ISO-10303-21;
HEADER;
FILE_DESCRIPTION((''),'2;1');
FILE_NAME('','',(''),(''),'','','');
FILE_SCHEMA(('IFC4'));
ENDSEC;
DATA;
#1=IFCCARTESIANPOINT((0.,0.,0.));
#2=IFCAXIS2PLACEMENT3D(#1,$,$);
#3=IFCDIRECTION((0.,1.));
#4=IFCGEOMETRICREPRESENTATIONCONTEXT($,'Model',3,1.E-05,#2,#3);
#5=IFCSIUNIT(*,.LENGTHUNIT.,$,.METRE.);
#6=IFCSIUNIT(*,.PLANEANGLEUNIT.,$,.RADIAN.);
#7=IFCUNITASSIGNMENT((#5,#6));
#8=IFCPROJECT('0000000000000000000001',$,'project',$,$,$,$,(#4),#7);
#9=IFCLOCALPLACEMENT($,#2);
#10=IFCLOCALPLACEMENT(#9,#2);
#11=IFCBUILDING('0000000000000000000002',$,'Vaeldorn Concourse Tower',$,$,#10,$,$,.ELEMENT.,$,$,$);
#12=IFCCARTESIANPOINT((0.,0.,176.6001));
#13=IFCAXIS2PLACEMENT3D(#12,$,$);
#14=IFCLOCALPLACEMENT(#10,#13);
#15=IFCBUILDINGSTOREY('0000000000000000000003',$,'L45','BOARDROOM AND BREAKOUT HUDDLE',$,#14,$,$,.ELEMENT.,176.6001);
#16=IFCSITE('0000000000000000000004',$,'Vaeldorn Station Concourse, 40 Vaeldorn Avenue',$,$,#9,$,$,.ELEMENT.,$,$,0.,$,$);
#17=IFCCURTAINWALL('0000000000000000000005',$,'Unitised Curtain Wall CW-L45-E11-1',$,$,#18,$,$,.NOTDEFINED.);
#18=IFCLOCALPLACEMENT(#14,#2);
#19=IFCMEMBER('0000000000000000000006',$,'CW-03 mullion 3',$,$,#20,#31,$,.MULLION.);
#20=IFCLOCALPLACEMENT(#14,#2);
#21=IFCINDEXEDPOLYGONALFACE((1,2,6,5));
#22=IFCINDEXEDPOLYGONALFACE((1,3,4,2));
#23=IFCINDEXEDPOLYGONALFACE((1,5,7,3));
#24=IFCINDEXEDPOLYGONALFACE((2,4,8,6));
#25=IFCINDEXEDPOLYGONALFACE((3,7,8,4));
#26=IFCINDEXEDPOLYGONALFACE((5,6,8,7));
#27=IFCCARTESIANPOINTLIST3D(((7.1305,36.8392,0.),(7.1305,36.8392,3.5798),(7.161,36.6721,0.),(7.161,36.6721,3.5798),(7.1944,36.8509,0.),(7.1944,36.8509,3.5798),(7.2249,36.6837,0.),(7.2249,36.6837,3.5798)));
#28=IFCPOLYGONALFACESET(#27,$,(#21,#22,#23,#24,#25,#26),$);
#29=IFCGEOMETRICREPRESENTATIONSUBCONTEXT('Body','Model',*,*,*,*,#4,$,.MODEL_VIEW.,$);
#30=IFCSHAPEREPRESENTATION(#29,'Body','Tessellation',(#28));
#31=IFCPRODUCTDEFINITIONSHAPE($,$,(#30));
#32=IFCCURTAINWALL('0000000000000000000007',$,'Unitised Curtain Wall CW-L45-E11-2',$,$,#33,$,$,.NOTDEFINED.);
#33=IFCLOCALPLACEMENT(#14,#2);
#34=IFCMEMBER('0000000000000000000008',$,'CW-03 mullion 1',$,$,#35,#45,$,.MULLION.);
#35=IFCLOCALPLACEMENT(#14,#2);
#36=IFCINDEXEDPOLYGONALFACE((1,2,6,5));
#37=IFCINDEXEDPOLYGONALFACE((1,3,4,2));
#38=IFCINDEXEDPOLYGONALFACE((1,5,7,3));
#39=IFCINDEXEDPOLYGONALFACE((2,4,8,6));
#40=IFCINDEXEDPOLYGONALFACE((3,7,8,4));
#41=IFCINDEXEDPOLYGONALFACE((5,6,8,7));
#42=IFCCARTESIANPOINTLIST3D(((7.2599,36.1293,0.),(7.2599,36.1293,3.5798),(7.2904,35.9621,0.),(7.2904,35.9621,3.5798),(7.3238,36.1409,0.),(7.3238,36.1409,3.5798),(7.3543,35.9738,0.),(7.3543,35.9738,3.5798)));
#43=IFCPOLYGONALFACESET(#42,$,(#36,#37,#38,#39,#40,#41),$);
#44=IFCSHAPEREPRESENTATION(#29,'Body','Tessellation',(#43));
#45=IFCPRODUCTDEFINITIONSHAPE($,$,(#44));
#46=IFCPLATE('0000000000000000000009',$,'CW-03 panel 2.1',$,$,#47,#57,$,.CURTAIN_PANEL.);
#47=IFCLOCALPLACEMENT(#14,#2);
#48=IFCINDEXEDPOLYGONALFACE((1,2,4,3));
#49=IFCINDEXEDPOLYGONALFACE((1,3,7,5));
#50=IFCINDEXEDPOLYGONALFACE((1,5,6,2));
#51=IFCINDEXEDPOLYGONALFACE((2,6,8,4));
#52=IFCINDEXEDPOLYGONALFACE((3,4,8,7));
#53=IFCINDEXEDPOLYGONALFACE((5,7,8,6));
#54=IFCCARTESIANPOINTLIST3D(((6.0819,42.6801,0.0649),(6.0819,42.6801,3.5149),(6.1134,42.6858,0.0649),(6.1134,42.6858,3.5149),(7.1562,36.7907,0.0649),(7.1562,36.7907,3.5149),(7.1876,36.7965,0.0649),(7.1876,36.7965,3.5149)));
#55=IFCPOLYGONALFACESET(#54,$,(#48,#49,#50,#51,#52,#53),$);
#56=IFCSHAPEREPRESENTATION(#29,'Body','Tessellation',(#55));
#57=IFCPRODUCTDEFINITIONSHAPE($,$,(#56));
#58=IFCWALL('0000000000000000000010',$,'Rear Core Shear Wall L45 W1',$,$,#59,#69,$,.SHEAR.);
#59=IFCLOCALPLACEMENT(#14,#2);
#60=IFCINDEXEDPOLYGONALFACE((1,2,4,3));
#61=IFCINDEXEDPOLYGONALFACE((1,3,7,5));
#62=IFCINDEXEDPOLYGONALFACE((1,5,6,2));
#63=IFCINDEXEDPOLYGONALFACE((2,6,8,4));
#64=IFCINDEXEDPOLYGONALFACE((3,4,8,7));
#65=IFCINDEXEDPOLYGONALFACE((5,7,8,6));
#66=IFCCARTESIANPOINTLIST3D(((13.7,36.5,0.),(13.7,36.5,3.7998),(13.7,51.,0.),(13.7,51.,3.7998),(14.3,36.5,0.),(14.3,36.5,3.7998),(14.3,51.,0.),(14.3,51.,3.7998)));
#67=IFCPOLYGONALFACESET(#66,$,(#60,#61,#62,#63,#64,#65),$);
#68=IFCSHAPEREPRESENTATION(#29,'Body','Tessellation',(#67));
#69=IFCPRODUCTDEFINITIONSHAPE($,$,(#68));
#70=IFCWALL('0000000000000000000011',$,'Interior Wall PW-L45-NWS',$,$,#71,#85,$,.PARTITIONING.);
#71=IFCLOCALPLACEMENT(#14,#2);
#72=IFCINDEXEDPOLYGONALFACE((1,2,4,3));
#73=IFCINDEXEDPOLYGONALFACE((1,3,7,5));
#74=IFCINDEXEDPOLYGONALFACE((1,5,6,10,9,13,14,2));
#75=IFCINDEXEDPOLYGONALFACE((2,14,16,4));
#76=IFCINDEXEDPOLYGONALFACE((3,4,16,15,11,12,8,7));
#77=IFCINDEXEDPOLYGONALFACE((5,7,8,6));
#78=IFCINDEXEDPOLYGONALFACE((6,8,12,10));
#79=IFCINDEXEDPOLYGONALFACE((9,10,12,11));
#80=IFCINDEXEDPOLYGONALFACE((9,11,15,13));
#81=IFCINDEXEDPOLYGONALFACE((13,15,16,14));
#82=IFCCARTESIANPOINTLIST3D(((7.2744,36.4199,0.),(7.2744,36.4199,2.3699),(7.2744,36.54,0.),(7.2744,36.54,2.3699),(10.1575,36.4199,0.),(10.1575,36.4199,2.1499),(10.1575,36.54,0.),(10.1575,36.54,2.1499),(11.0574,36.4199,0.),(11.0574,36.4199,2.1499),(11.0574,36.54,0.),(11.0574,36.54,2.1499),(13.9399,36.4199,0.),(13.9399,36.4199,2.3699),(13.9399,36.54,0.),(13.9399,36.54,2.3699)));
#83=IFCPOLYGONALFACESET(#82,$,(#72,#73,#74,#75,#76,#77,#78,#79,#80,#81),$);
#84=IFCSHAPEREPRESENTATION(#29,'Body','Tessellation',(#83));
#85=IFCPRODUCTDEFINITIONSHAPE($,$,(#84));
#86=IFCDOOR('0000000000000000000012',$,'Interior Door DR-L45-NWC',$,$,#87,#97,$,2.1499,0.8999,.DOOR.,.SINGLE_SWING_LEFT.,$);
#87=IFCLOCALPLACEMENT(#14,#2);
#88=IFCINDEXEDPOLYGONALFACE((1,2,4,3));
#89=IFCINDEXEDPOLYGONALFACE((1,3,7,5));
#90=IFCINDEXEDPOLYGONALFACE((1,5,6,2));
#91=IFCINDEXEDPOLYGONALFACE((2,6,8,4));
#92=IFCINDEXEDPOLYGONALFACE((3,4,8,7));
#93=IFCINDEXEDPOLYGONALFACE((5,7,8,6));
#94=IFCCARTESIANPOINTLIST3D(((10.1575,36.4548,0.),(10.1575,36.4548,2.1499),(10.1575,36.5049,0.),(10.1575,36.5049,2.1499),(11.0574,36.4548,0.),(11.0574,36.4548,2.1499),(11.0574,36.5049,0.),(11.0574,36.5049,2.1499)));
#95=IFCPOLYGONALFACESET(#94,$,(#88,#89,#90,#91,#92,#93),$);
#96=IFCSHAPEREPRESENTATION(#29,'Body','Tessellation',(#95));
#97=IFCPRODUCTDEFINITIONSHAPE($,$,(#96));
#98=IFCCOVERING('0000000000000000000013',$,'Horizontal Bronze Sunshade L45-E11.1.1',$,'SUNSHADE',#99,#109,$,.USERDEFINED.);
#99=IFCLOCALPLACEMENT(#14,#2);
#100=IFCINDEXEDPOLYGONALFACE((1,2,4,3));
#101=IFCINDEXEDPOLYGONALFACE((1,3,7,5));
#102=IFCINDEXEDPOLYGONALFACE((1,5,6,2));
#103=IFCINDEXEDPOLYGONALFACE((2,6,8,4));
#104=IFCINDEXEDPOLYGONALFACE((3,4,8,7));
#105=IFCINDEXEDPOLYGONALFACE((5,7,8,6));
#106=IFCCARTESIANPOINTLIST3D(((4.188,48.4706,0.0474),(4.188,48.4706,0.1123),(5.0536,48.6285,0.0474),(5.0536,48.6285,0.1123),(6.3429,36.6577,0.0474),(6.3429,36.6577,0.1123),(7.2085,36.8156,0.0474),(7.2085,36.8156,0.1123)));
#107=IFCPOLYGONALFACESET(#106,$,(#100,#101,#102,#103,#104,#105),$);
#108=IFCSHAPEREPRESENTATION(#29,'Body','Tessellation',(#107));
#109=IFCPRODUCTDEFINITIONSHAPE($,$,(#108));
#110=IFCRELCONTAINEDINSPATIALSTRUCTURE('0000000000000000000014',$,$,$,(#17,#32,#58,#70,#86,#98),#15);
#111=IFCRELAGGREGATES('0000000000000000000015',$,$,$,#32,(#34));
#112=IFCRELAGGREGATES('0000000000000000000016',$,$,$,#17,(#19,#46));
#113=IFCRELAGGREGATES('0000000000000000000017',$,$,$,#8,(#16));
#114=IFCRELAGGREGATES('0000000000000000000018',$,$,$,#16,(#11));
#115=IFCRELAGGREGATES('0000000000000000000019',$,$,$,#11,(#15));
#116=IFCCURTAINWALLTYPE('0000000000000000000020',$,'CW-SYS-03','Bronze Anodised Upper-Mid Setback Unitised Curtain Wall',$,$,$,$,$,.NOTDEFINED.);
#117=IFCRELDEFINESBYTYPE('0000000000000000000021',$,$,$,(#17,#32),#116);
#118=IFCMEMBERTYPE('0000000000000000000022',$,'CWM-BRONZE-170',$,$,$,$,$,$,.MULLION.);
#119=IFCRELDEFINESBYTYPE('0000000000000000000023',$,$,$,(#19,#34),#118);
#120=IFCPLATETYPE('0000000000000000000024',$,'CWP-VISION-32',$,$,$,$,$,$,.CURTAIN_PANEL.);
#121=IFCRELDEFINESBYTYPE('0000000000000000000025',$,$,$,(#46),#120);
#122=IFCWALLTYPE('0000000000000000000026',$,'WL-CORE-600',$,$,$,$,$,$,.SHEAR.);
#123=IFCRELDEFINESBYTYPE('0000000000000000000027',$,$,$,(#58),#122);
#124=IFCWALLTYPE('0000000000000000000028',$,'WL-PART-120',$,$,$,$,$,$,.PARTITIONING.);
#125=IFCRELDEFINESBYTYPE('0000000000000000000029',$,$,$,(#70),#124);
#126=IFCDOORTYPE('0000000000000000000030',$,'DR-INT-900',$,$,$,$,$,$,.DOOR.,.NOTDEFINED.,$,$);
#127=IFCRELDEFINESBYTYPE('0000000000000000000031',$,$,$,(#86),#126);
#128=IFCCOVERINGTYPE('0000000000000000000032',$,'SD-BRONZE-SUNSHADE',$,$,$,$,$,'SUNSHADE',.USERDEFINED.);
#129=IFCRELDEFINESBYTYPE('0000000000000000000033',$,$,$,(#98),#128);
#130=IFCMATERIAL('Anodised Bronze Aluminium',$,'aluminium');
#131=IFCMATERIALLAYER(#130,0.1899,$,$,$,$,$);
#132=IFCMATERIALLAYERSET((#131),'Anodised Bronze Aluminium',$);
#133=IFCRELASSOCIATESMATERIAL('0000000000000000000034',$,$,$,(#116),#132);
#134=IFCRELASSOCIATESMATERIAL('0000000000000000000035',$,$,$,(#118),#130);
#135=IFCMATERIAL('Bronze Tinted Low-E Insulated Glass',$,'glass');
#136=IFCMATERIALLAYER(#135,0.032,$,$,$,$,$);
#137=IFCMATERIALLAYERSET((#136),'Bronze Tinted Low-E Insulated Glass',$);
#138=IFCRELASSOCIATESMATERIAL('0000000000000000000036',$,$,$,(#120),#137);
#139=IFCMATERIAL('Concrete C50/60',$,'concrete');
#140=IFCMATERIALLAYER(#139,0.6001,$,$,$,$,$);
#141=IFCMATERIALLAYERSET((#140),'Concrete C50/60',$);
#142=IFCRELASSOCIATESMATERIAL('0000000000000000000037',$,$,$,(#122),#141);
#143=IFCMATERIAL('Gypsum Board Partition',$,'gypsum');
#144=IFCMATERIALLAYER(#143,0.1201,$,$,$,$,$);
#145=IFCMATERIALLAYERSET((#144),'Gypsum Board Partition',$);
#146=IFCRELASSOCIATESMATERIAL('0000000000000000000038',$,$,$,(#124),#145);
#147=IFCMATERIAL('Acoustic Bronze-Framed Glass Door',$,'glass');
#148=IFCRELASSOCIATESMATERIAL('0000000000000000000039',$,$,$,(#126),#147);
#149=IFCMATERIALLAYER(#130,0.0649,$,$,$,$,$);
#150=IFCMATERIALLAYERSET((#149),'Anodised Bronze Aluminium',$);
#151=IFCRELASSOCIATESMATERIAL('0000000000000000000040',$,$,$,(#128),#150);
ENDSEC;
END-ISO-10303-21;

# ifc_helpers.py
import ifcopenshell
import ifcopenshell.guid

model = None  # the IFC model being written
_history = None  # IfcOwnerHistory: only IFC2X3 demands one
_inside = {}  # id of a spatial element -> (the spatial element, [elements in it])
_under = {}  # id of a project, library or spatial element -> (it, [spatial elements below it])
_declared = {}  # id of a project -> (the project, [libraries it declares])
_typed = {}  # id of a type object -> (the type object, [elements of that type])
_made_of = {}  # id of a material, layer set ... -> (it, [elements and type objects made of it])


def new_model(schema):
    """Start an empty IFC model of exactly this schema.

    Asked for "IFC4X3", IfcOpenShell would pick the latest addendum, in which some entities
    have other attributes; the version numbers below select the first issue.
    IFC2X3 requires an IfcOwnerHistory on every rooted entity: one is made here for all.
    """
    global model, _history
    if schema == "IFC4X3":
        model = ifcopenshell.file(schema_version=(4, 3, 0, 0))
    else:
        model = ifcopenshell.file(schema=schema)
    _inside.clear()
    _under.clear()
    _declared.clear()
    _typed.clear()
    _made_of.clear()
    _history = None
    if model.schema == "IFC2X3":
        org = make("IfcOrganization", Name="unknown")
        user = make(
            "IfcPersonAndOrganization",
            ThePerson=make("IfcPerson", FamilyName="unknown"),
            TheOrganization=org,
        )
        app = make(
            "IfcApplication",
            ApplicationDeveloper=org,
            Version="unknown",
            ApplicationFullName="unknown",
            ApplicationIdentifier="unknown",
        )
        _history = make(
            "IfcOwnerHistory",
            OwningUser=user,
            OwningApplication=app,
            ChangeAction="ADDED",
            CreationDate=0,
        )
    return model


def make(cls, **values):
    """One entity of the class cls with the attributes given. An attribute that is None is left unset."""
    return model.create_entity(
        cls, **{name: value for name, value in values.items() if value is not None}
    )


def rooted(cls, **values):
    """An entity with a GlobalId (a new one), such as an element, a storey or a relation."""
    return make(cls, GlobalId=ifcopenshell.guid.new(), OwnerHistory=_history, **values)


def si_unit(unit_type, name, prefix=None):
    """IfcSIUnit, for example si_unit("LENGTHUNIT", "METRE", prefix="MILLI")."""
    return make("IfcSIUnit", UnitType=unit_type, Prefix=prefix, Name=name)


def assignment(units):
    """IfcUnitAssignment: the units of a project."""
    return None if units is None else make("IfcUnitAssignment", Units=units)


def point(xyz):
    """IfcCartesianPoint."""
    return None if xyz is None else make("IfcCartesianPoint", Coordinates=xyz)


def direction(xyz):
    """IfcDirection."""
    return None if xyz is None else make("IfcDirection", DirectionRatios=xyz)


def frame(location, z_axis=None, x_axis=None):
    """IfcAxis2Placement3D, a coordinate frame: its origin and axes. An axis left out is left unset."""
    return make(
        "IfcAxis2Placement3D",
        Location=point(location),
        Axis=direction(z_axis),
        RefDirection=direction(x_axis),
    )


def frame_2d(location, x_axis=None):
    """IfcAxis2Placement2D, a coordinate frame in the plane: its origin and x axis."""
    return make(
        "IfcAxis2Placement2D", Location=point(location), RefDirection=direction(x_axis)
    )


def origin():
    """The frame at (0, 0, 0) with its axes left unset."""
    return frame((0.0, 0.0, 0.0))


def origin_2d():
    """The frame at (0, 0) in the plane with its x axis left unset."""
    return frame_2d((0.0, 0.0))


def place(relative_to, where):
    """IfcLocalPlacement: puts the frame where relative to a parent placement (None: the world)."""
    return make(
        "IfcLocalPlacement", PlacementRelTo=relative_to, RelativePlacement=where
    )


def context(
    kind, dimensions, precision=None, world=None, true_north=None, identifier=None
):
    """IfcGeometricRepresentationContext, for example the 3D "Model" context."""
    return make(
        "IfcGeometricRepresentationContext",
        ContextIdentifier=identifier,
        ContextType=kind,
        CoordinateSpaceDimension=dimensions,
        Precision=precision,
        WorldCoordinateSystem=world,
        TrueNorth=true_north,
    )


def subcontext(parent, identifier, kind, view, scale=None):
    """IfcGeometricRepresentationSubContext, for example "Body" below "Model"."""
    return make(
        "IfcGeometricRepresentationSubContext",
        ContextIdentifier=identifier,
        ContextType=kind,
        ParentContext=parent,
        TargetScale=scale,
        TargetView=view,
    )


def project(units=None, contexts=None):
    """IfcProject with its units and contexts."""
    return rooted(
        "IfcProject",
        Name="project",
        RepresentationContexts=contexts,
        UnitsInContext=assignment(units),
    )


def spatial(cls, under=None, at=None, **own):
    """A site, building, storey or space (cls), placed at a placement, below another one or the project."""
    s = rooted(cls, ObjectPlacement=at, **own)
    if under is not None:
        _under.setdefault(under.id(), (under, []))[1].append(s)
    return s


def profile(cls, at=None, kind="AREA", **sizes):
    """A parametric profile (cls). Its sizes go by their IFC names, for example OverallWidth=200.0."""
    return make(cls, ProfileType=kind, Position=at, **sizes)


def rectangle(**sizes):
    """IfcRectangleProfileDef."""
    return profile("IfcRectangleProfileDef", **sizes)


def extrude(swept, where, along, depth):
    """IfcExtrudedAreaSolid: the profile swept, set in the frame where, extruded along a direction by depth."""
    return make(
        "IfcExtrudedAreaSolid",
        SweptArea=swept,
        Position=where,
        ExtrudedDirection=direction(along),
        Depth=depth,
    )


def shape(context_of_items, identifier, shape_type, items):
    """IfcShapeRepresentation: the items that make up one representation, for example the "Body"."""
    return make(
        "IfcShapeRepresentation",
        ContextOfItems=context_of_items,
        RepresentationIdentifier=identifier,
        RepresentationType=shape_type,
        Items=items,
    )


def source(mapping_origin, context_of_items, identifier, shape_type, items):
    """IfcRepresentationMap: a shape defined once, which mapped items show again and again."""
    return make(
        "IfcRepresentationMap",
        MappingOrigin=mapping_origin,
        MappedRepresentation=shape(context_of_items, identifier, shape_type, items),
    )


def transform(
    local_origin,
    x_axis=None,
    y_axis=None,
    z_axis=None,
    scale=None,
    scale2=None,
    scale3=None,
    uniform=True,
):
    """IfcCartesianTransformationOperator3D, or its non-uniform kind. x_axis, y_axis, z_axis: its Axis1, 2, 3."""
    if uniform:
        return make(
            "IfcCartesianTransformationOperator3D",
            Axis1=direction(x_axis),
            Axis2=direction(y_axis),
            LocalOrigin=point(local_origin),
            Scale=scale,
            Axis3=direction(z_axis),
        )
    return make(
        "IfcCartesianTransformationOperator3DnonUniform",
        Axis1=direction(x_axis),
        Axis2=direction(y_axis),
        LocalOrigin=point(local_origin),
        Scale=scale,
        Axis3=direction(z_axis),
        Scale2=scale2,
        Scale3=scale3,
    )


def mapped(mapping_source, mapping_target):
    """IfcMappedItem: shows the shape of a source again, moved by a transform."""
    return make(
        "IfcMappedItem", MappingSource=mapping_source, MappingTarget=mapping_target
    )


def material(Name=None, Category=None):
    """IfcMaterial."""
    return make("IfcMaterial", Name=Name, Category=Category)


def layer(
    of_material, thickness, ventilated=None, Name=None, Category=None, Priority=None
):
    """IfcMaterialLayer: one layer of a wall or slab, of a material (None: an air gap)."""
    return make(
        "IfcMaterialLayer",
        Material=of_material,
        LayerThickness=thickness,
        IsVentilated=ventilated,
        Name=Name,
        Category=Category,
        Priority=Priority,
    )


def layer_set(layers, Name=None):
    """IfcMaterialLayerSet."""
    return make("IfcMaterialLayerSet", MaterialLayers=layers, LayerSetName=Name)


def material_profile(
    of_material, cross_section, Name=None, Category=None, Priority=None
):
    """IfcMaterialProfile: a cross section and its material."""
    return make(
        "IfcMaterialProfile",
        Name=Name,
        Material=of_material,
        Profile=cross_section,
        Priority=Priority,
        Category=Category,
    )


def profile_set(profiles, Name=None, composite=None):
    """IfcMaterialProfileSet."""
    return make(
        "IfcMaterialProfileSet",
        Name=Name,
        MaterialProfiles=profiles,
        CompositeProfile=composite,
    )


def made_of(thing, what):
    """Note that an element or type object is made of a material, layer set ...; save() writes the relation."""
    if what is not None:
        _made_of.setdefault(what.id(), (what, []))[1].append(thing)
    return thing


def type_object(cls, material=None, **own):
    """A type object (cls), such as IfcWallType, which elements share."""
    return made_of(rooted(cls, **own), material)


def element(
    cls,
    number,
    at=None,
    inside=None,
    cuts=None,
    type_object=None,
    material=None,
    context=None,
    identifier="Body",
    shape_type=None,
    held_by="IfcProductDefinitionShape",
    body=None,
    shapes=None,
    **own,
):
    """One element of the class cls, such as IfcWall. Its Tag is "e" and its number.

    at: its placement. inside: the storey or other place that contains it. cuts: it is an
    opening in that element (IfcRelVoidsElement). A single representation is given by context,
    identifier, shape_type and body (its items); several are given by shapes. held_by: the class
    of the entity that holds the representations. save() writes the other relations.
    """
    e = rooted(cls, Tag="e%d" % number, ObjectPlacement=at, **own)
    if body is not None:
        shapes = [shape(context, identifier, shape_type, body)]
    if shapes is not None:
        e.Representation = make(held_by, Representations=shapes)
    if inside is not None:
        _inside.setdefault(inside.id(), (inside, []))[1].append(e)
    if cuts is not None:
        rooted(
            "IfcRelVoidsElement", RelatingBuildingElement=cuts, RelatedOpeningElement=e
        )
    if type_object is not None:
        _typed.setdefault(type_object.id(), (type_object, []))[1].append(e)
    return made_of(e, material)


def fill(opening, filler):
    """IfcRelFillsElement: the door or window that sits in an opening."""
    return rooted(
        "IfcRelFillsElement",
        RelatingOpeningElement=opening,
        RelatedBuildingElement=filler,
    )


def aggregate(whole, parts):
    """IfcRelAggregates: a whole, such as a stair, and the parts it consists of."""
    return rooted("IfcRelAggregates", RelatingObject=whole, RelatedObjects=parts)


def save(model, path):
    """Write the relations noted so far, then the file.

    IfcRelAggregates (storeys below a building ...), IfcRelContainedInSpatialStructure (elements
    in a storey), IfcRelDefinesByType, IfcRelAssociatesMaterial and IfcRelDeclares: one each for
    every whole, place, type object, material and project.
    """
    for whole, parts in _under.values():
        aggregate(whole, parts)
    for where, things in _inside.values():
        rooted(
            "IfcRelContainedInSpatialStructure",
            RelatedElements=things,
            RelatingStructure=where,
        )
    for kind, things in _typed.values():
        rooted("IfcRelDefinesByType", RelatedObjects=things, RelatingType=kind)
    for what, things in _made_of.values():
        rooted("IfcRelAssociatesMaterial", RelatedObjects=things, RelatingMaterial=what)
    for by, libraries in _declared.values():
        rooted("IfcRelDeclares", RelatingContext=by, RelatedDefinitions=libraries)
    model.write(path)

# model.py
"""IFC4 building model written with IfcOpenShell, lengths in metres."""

from ifc_helpers import new_model, si_unit, direction, frame, frame_2d, origin, origin_2d, place, context, subcontext, project, spatial, rectangle, extrude, source, transform, mapped, material, layer, layer_set, material_profile, profile_set, type_object, element, fill, aggregate, save


model = new_model("IFC4")

# Units and contexts
model_context = context("Model", 3, precision=1e-05, world=origin(), true_north=direction((0.0, 1.0)))
body_context = subcontext(model_context, "Body", "Model", "MODEL_VIEW")
ifc_project = project(units=[si_unit("LENGTHUNIT", "METRE"), si_unit("PLANEANGLEUNIT", "RADIAN")], contexts=[model_context])

# Site, building, storey
site_placement = place(None, origin())
site = spatial("IfcSite", under=ifc_project, at=site_placement, Name="Vaeldorn Station Concourse, 40 Vaeldorn Avenue", CompositionType="ELEMENT", RefElevation=0.0)
building_placement = place(site_placement, origin())
building = spatial("IfcBuilding", under=site, at=building_placement, Name="Vaeldorn Concourse Tower", CompositionType="ELEMENT")
storey_placement = place(building_placement, frame((0.0, 0.0, 176.6001)))
storey = spatial("IfcBuildingStorey", under=building, at=storey_placement, Name="L45", Description="BOARDROOM AND BREAKOUT HUDDLE", CompositionType="ELEMENT", Elevation=176.6001)

# Shared definitions
ifc_material_1 = material(Name="Concrete C50/60", Category="concrete")

# Curtain walls, members
ifc_material_2 = material(Name="Anodised Bronze Aluminium", Category="aluminium")
ifc_layer_1 = layer(ifc_material_2, 0.1899)
ifc_layer_set_1 = layer_set([ifc_layer_1], Name="Anodised Bronze Aluminium")
curtain_wall_type = type_object("IfcCurtainWallType", Name="CW-SYS-03", Description="Bronze Anodised Upper-Mid Setback Unitised Curtain Wall", PredefinedType="NOTDEFINED", material=ifc_layer_set_1)
curtain_wall_1_placement = place(storey_placement, origin())
curtain_wall_1 = element("IfcCurtainWall", 1, at=curtain_wall_1_placement, inside=storey, type_object=curtain_wall_type, Name="Unitised Curtain Wall CW-L45-E11-1", PredefinedType="NOTDEFINED")
ifc_material_profile_1 = material_profile(ifc_material_2, rectangle(XDim=0.0649, YDim=0.1699, at=origin_2d()), Name="CWM 65x170")
ifc_profile_set_1 = profile_set([ifc_material_profile_1], Name="Anodised Bronze Aluminium")
member_type = type_object("IfcMemberType", Name="CWM-BRONZE-170", PredefinedType="MULLION", material=ifc_profile_set_1)
shared_shape_1 = source(origin(), body_context, "Body", "SweptSolid", [
    extrude(rectangle(XDim=0.0649, YDim=0.1699, at=origin_2d()), origin(), (0.0, 0.0, 1.0), 3.5798),
])
member_1_placement = place(storey_placement, frame((7.1777, 36.7615, 0.0), z_axis=(0.0, 0.0, 1.0), x_axis=(0.983768, 0.179447, 0.0)))
member_1 = element("IfcMember", 2, at=member_1_placement, type_object=member_type, Name="CW-03 mullion 3", PredefinedType="MULLION", context=body_context, shape_type="MappedRepresentation", body=[
    mapped(shared_shape_1, transform((0.0, 0.0, 0.0), scale=1.0)),
])
curtain_wall_2_placement = place(storey_placement, origin())
curtain_wall_2 = element("IfcCurtainWall", 3, at=curtain_wall_2_placement, inside=storey, type_object=curtain_wall_type, Name="Unitised Curtain Wall CW-L45-E11-2", PredefinedType="NOTDEFINED")
member_2_placement = place(storey_placement, frame((7.3071, 36.0515, 0.0), z_axis=(0.0, 0.0, 1.0), x_axis=(0.983768, 0.179446, 0.0)))
member_2 = element("IfcMember", 4, at=member_2_placement, type_object=member_type, Name="CW-03 mullion 1", PredefinedType="MULLION", context=body_context, shape_type="MappedRepresentation", body=[
    mapped(shared_shape_1, transform((0.0, 0.0, 0.0), scale=1.0)),
])
aggregate(curtain_wall_2, [member_2])

# Plate
ifc_material_3 = material(Name="Bronze Tinted Low-E Insulated Glass", Category="glass")
ifc_layer_2 = layer(ifc_material_3, 0.032)
ifc_layer_set_2 = layer_set([ifc_layer_2], Name="Bronze Tinted Low-E Insulated Glass")
plate_type = type_object("IfcPlateType", Name="CWP-VISION-32", PredefinedType="CURTAIN_PANEL", material=ifc_layer_set_2)
shared_shape_2 = source(origin(), body_context, "Body", "SweptSolid", [
    extrude(rectangle(XDim=5.9866, YDim=0.032, at=origin_2d()), origin(), (0.0, 0.0, 1.0), 3.45),
])
plate_placement = place(storey_placement, frame((6.6348, 39.7383, 0.0649), z_axis=(0.0, 0.0, 1.0), x_axis=(0.179447, -0.983768, 0.0)))
plate = element("IfcPlate", 5, at=plate_placement, type_object=plate_type, Name="CW-03 panel 2.1", PredefinedType="CURTAIN_PANEL", context=body_context, shape_type="MappedRepresentation", body=[
    mapped(shared_shape_2, transform((0.0, 0.0, 0.0), scale=1.0)),
])
aggregate(curtain_wall_1, [member_1, plate])

# Wall
ifc_layer_3 = layer(ifc_material_1, 0.6001)
ifc_layer_set_3 = layer_set([ifc_layer_3], Name="Concrete C50/60")
wall_type_1 = type_object("IfcWallType", Name="WL-CORE-600", PredefinedType="SHEAR", material=ifc_layer_set_3)
wall_1_placement = place(storey_placement, frame((14.0, 36.5, 0.0), z_axis=(0.0, 0.0, 1.0), x_axis=(0.0, 1.0, 0.0)))
element("IfcWall", 6, at=wall_1_placement, inside=storey, type_object=wall_type_1, Name="Rear Core Shear Wall L45 W1", PredefinedType="SHEAR", context=body_context, shape_type="SweptSolid", body=[
    extrude(rectangle(XDim=14.5, YDim=0.6001, at=frame_2d((7.25, 0.0))), origin(), (0.0, 0.0, 1.0), 3.7998),
])

# Wall, opening, door
ifc_material_4 = material(Name="Gypsum Board Partition", Category="gypsum")
ifc_layer_4 = layer(ifc_material_4, 0.1201)
ifc_layer_set_4 = layer_set([ifc_layer_4], Name="Gypsum Board Partition")
wall_type_2 = type_object("IfcWallType", Name="WL-PART-120", PredefinedType="PARTITIONING", material=ifc_layer_set_4)
wall_2_placement = place(storey_placement, frame((7.2744, 36.48, 0.0), z_axis=(0.0, 0.0, 1.0), x_axis=(1.0, 0.0, 0.0)))
wall_2 = element("IfcWall", 7, at=wall_2_placement, inside=storey, type_object=wall_type_2, Name="Interior Wall PW-L45-NWS", PredefinedType="PARTITIONING", context=body_context, shape_type="SweptSolid", body=[
    extrude(rectangle(XDim=6.6655, YDim=0.1201, at=frame_2d((3.3328, 0.0))), origin(), (0.0, 0.0, 1.0), 2.3699),
])
opening_placement = place(wall_2_placement, frame((2.8831, 0.0, 0.0)))
opening = element("IfcOpeningElement", 8, at=opening_placement, cuts=wall_2, PredefinedType="OPENING", context=body_context, shape_type="SweptSolid", body=[
    extrude(rectangle(XDim=0.8999, YDim=2.1499, at=frame_2d((0.45, 1.075))), frame((0.0, 0.0701, 0.0), z_axis=(0.0, -1.0, 0.0), x_axis=(1.0, 0.0, 0.0)), (0.0, 0.0, 1.0), 0.1401),
])
ifc_material_5 = material(Name="Acoustic Bronze-Framed Glass Door", Category="glass")
door_type = type_object("IfcDoorType", Name="DR-INT-900", OperationType="NOTDEFINED", PredefinedType="DOOR", material=ifc_material_5)
shared_shape_3 = source(origin(), body_context, "Body", "SweptSolid", [
    extrude(rectangle(XDim=0.8999, YDim=2.1499, at=frame_2d((0.45, 1.075))), frame((0.0, 0.0249, 0.0), z_axis=(0.0, -1.0, 0.0), x_axis=(1.0, 0.0, 0.0)), (0.0, 0.0, 1.0), 0.05),
])
door_placement = place(opening_placement, origin())
door = element("IfcDoor", 9, at=door_placement, inside=storey, type_object=door_type, Name="Interior Door DR-L45-NWC", OperationType="SINGLE_SWING_LEFT", OverallHeight=2.1499, OverallWidth=0.8999, PredefinedType="DOOR", context=body_context, shape_type="MappedRepresentation", body=[
    mapped(shared_shape_3, transform((0.0, 0.0, 0.0), scale=1.0)),
])
fill(opening, door)

# Covering
ifc_layer_5 = layer(ifc_material_2, 0.0649)
ifc_layer_set_5 = layer_set([ifc_layer_5], Name="Anodised Bronze Aluminium")
covering_type = type_object("IfcCoveringType", Name="SD-BRONZE-SUNSHADE", ElementType="SUNSHADE", PredefinedType="USERDEFINED", material=ifc_layer_set_5)
shared_shape_4 = source(origin(), body_context, "Body", "SweptSolid", [
    extrude(rectangle(XDim=12.0078, YDim=0.8799, at=origin_2d()), origin(), (0.0, 0.0, 1.0), 0.0649),
])
covering_placement = place(storey_placement, frame((5.6982, 42.6431, 0.0474), z_axis=(0.0, 0.0, 1.0), x_axis=(0.179455, -0.983766, 0.0)))
element("IfcCovering", 10, at=covering_placement, inside=storey, type_object=covering_type, Name="Horizontal Bronze Sunshade L45-E11.1.1", ObjectType="SUNSHADE", PredefinedType="USERDEFINED", context=body_context, shape_type="MappedRepresentation", body=[
    mapped(shared_shape_4, transform((0.0, 0.0, 0.0), scale=1.0)),
])

save(model, "model.ifc")
